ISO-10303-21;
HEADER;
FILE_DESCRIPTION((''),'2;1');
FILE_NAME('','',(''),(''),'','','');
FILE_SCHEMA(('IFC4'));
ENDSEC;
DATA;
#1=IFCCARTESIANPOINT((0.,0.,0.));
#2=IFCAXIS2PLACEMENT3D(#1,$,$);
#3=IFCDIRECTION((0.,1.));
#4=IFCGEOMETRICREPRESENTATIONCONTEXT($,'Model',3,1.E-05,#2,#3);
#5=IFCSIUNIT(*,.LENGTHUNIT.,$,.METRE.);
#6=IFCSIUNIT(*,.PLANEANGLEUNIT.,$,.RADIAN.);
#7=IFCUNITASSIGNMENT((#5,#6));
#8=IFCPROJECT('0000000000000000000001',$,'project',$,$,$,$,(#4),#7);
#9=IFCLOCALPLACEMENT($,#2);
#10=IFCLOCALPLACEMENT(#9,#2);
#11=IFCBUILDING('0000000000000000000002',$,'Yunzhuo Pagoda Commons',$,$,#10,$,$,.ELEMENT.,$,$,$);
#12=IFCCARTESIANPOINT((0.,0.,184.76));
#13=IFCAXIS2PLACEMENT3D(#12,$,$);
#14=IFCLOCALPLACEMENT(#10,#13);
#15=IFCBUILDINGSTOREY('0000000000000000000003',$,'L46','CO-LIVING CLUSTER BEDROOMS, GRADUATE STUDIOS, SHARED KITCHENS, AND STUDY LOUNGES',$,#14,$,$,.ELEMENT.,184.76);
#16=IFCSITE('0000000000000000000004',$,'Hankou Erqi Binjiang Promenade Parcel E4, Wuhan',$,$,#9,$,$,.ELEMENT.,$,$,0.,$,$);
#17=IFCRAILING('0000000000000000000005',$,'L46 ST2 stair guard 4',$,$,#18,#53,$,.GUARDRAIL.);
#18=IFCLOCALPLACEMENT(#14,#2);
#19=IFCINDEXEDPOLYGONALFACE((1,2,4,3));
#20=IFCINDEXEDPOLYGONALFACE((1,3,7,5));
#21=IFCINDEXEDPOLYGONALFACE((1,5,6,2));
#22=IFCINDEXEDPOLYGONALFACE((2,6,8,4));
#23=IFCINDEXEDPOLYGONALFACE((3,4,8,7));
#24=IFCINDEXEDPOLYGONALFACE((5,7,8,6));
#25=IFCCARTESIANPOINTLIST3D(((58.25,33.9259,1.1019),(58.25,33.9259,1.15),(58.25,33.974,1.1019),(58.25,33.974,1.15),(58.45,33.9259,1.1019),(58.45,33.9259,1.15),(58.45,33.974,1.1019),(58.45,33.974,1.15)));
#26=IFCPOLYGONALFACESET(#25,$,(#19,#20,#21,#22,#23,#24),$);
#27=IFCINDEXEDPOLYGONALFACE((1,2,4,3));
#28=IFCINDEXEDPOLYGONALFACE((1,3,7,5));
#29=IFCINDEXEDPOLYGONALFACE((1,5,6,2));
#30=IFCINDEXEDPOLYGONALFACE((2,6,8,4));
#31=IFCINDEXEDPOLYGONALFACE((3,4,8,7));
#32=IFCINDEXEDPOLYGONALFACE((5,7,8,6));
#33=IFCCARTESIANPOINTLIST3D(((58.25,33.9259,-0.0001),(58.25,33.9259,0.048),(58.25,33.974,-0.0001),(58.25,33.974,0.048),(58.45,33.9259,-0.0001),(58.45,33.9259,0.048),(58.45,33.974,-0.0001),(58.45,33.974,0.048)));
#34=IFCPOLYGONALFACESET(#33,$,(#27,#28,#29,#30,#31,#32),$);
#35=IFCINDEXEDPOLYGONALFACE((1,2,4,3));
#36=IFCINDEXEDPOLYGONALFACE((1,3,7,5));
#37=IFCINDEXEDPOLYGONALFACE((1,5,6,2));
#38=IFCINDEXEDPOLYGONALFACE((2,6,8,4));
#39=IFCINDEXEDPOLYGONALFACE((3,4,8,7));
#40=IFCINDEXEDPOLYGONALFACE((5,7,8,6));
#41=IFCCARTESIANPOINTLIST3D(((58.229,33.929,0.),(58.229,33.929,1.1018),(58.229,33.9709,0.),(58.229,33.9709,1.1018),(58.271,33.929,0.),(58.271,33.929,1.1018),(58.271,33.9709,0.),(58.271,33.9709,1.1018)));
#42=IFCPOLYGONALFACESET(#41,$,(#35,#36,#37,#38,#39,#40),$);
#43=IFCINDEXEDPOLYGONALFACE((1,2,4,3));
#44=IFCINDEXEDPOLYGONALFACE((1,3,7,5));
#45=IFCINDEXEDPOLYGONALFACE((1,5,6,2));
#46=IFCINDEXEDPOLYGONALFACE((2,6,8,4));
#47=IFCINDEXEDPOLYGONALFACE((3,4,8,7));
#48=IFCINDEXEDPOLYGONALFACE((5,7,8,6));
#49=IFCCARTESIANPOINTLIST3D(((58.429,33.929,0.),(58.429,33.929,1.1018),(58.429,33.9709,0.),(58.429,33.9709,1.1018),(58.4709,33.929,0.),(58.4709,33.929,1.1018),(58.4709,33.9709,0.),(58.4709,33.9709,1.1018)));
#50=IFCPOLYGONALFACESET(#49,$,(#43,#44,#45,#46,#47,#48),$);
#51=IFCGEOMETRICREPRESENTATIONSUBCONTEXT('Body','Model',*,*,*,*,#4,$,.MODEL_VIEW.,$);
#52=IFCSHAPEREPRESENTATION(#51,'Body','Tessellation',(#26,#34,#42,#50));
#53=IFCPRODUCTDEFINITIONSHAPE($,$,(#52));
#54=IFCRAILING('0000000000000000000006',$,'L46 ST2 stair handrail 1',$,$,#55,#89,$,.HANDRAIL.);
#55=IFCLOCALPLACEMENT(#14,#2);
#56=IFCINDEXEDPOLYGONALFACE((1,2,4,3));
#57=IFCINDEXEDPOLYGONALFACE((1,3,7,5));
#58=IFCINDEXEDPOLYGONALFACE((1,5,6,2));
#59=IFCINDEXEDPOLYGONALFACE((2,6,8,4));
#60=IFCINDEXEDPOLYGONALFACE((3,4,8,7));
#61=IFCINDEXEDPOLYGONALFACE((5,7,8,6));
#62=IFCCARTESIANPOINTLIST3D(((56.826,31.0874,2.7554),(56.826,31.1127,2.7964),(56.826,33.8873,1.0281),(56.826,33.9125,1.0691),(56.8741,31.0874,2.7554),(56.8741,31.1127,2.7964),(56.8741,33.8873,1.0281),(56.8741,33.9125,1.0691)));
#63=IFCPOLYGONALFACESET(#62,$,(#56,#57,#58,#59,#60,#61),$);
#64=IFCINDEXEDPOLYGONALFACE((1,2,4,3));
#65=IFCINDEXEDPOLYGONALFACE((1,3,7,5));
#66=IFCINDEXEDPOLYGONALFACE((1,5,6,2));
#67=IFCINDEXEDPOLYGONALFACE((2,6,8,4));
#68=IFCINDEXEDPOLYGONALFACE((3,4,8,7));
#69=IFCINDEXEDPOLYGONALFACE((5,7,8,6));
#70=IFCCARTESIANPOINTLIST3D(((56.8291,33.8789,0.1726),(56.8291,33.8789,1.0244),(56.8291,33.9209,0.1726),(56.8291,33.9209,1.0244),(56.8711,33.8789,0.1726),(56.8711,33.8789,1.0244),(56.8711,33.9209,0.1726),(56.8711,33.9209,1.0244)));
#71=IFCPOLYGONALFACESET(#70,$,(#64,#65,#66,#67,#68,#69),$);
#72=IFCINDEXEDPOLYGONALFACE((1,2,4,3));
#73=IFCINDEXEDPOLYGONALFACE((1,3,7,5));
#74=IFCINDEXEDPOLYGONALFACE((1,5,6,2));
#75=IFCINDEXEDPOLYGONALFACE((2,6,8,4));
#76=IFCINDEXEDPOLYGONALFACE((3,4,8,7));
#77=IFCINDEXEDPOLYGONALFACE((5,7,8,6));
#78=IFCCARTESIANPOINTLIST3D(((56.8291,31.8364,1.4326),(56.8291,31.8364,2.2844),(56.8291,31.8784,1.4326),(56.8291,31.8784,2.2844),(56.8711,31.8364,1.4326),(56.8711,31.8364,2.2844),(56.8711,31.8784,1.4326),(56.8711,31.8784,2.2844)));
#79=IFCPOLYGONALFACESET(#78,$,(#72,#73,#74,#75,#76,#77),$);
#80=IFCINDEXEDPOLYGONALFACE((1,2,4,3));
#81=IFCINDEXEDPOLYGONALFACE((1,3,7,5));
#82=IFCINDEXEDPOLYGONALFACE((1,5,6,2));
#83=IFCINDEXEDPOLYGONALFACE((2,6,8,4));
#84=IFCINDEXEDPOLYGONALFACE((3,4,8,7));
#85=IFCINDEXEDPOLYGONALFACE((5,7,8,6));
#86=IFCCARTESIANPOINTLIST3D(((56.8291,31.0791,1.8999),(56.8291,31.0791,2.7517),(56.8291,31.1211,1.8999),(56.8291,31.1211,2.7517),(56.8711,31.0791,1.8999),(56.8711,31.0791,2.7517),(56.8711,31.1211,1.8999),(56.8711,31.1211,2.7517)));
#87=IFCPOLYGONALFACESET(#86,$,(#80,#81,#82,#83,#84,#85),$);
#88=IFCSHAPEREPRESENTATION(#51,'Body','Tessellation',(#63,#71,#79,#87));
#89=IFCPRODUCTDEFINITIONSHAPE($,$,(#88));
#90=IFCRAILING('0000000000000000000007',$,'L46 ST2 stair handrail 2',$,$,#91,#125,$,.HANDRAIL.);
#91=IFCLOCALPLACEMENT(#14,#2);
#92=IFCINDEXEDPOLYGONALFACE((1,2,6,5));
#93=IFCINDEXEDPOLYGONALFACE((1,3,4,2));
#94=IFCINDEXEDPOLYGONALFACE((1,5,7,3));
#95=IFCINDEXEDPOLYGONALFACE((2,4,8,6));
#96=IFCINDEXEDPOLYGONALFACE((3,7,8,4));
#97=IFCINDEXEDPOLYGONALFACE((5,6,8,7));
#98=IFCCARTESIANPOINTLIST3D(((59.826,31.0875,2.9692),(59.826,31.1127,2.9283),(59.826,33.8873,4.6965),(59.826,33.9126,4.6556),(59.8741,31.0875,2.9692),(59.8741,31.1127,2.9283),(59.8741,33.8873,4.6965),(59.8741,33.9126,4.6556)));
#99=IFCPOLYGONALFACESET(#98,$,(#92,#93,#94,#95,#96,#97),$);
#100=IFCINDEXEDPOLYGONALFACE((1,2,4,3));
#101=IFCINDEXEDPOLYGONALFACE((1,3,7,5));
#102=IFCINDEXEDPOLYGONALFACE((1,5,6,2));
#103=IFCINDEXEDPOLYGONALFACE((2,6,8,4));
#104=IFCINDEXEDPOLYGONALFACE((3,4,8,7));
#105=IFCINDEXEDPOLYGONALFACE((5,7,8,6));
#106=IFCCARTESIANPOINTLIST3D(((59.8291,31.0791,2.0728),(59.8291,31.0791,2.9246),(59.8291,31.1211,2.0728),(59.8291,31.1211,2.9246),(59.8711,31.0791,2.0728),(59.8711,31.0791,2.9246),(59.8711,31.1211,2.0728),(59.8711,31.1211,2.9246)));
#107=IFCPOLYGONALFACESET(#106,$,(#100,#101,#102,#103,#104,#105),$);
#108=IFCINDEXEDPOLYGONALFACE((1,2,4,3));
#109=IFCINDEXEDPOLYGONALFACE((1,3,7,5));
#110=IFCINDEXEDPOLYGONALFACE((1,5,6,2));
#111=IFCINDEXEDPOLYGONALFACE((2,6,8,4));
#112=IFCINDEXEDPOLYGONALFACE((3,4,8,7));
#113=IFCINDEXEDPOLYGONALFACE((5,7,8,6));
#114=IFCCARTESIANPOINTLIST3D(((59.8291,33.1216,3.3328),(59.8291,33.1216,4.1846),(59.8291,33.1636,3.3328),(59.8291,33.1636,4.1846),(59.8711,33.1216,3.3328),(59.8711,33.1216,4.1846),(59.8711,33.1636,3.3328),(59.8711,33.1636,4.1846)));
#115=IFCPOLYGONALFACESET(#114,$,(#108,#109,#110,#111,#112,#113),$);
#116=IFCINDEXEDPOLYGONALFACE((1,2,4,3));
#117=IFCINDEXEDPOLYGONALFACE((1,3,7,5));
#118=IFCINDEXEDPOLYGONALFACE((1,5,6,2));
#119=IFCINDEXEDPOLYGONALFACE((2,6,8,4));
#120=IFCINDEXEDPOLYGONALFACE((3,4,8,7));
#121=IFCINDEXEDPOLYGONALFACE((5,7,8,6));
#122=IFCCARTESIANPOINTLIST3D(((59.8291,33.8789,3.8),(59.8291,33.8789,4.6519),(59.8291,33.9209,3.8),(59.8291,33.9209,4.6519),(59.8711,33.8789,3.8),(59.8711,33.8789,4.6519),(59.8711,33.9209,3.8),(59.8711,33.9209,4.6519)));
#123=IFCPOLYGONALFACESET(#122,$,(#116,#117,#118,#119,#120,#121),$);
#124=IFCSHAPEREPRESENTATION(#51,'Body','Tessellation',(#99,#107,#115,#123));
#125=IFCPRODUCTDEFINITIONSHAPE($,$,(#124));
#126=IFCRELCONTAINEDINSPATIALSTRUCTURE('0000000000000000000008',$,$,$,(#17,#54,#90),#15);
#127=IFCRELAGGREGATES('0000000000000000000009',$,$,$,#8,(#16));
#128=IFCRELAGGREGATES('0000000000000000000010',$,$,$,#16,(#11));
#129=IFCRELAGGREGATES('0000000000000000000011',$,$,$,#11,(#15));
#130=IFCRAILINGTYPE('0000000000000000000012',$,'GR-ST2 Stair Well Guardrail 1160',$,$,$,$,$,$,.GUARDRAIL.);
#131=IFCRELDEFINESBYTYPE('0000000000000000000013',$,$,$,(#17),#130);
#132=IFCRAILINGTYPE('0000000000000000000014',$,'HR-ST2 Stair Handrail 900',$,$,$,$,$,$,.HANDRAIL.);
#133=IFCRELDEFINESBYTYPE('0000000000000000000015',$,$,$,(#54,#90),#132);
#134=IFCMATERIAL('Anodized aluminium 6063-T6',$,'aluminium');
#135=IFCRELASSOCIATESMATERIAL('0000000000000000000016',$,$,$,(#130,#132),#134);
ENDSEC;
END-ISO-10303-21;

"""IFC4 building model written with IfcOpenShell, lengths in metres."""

from ifc_helpers import new_model, si_unit, direction, frame, origin, origin_2d, place, context, subcontext, project, spatial, rectangle, extrude, material, type_object, element, save


model = new_model("IFC4")

# Units and contexts
model_context = context("Model", 3, precision=1e-05, world=origin(), true_north=direction((0.0, 1.0)))
body_context = subcontext(model_context, "Body", "Model", "MODEL_VIEW")
ifc_project = project(units=[si_unit("LENGTHUNIT", "METRE"), si_unit("PLANEANGLEUNIT", "RADIAN")], contexts=[model_context])

# Site, building, storey
site_placement = place(None, origin())
site = spatial("IfcSite", under=ifc_project, at=site_placement, Name="Hankou Erqi Binjiang Promenade Parcel E4, Wuhan", CompositionType="ELEMENT", RefElevation=0.0)
building_placement = place(site_placement, origin())
building = spatial("IfcBuilding", under=site, at=building_placement, Name="Yunzhuo Pagoda Commons", CompositionType="ELEMENT")
storey_placement = place(building_placement, frame((0.0, 0.0, 184.76)))
storey = spatial("IfcBuildingStorey", under=building, at=storey_placement, Name="L46", Description="CO-LIVING CLUSTER BEDROOMS, GRADUATE STUDIOS, SHARED KITCHENS, AND STUDY LOUNGES", CompositionType="ELEMENT", Elevation=184.76)

# Railings
ifc_material_1 = material(Name="Anodized aluminium 6063-T6", Category="aluminium")
railing_type_1 = type_object("IfcRailingType", Name="GR-ST2 Stair Well Guardrail 1160", PredefinedType="GUARDRAIL", material=ifc_material_1)
railing_1_placement = place(storey_placement, frame((58.25, 33.95, 0.0)))
element("IfcRailing", 1, at=railing_1_placement, inside=storey, type_object=railing_type_1, Name="L46 ST2 stair guard 4", PredefinedType="GUARDRAIL", context=body_context, shape_type="SweptSolid", body=[
    extrude(rectangle(XDim=0.0481, YDim=0.0481, at=origin_2d()), frame((0.0, 0.0, 1.126), z_axis=(1.0, 0.0, 0.0), x_axis=(0.0, 1.0, 0.0)), (0.0, 0.0, 1.0), 0.2),
    extrude(rectangle(XDim=0.0481, YDim=0.0481, at=origin_2d()), frame((0.0, 0.0, 0.0239), z_axis=(1.0, 0.0, 0.0), x_axis=(0.0, 1.0, 0.0)), (0.0, 0.0, 1.0), 0.2),
    extrude(rectangle(XDim=0.042, YDim=0.042, at=origin_2d()), origin(), (0.0, 0.0, 1.0), 1.1018),
    extrude(rectangle(XDim=0.042, YDim=0.042, at=origin_2d()), frame((0.2, 0.0, 0.0)), (0.0, 0.0, 1.0), 1.1018),
])
railing_type_2 = type_object("IfcRailingType", Name="HR-ST2 Stair Handrail 900", PredefinedType="HANDRAIL", material=ifc_material_1)
railing_2_placement = place(storey_placement, frame((56.8501, 33.8999, 0.1726)))
element("IfcRailing", 2, at=railing_2_placement, inside=storey, type_object=railing_type_2, Name="L46 ST2 stair handrail 1", PredefinedType="HANDRAIL", context=body_context, shape_type="SweptSolid", body=[
    extrude(rectangle(XDim=0.0481, YDim=0.0481, at=origin_2d()), frame((0.0, 0.0, 0.876), z_axis=(0.0, -0.851069, 0.525054), x_axis=(1.0, 0.0, 0.0)), (0.0, 0.0, 1.0), 3.2898),
    extrude(rectangle(XDim=0.042, YDim=0.042, at=origin_2d()), origin(), (0.0, 0.0, 1.0), 0.8518),
    extrude(rectangle(XDim=0.042, YDim=0.042, at=origin_2d()), frame((0.0, -2.0425, 1.26)), (0.0, 0.0, 1.0), 0.8518),
    extrude(rectangle(XDim=0.042, YDim=0.042, at=origin_2d()), frame((0.0, -2.7998, 1.7273)), (0.0, 0.0, 1.0), 0.8518),
])
railing_3_placement = place(storey_placement, frame((59.8501, 31.1001, 2.0728)))
element("IfcRailing", 3, at=railing_3_placement, inside=storey, type_object=railing_type_2, Name="L46 ST2 stair handrail 2", PredefinedType="HANDRAIL", context=body_context, shape_type="SweptSolid", body=[
    extrude(rectangle(XDim=0.0481, YDim=0.0481, at=origin_2d()), frame((0.0, 0.0, 0.876), z_axis=(0.0, 0.851069, 0.525054), x_axis=(-1.0, 0.0, 0.0)), (0.0, 0.0, 1.0), 3.2898),
    extrude(rectangle(XDim=0.042, YDim=0.042, at=origin_2d()), origin(), (0.0, 0.0, 1.0), 0.8518),
    extrude(rectangle(XDim=0.042, YDim=0.042, at=origin_2d()), frame((0.0, 2.0425, 1.26)), (0.0, 0.0, 1.0), 0.8518),
    extrude(rectangle(XDim=0.042, YDim=0.042, at=origin_2d()), frame((0.0, 2.7998, 1.7273)), (0.0, 0.0, 1.0), 0.8518),
])

save(model, "model.ifc")
